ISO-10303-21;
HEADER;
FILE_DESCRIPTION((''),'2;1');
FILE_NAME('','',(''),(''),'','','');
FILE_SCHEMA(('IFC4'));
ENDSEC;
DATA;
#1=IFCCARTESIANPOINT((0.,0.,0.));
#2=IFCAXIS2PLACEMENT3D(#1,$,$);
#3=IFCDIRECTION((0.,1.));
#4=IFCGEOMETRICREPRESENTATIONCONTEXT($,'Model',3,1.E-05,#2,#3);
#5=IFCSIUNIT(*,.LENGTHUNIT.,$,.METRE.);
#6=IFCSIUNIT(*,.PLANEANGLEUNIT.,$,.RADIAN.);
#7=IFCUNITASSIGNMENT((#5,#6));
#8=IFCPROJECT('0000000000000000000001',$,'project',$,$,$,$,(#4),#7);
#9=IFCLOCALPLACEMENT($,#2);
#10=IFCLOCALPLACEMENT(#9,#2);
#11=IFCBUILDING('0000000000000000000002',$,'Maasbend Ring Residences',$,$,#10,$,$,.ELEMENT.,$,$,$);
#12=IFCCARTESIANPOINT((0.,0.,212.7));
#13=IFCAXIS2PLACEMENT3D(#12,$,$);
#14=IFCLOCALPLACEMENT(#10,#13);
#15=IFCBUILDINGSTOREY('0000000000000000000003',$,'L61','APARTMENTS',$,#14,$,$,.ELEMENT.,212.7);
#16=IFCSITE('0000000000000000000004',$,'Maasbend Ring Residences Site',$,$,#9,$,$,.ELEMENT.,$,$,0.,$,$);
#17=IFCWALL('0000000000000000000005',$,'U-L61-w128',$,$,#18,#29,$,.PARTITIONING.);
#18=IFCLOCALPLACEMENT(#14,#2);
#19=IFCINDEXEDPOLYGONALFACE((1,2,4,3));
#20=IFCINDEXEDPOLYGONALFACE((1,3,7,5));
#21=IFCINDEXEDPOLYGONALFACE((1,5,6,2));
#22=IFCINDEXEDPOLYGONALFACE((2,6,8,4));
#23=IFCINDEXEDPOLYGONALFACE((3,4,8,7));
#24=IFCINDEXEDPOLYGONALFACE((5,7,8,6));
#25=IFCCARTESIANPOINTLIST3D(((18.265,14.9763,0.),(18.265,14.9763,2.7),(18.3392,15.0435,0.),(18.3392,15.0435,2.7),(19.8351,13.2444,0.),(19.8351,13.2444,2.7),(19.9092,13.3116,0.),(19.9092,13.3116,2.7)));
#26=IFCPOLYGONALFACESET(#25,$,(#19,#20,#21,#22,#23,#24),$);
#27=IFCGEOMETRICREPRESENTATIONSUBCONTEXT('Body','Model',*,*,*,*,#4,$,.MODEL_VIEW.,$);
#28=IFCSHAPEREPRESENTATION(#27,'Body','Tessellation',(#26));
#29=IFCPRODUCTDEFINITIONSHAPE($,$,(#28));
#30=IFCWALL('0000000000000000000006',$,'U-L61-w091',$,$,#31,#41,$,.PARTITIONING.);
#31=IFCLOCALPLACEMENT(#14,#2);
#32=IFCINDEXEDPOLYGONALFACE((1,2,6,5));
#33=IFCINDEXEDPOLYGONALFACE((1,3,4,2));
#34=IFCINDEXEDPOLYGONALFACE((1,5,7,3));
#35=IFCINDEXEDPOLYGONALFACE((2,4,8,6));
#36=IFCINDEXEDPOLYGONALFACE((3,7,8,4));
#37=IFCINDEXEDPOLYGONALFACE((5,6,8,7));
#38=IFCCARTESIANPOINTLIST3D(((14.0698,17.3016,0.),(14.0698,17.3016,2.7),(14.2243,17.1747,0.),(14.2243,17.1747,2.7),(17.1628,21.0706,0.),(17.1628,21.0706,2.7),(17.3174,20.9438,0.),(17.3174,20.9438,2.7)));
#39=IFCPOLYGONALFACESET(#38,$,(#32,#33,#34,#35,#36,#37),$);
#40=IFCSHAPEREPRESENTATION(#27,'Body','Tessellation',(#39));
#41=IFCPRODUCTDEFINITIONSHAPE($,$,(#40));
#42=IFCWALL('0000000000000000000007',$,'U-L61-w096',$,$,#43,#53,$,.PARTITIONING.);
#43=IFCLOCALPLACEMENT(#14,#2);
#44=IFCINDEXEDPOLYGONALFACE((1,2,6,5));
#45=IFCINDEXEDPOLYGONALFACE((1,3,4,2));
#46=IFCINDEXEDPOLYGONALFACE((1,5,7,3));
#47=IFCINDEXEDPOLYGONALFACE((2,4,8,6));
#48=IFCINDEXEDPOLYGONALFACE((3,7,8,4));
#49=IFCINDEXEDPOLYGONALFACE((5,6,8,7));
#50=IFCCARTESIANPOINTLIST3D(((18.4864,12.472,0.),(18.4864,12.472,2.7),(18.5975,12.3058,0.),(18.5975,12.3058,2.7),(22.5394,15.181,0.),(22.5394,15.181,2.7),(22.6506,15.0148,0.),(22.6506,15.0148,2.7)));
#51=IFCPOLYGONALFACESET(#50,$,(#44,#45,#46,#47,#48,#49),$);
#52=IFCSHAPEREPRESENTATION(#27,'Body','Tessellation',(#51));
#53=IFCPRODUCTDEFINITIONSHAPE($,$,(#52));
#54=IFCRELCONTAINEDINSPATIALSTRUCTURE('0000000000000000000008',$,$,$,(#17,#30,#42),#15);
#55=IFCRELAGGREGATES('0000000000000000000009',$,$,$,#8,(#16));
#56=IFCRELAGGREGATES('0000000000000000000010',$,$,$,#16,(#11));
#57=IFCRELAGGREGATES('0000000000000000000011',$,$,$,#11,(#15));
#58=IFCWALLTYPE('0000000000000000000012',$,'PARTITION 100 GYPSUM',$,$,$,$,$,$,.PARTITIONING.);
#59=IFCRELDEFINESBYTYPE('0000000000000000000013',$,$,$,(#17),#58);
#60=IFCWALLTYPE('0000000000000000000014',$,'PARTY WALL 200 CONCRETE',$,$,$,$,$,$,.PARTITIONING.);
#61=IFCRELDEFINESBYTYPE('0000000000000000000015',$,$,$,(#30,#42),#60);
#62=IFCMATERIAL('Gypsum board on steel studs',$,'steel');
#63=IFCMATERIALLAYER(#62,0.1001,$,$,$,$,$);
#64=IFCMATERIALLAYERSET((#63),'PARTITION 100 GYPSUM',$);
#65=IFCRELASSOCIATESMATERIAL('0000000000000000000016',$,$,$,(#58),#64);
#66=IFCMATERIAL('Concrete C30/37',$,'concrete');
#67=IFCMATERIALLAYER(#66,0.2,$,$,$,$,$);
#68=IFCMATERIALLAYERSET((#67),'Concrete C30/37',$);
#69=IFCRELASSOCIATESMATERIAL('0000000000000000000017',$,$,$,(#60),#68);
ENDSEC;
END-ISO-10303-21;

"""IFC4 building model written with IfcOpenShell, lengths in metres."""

from ifc_helpers import new_model, si_unit, direction, frame, frame_2d, origin, place, context, subcontext, project, spatial, rectangle, extrude, material, layer, layer_set, type_object, element, save


model = new_model("IFC4")

# Units and contexts
model_context = context("Model", 3, precision=1e-05, world=origin(), true_north=direction((0.0, 1.0)))
body_context = subcontext(model_context, "Body", "Model", "MODEL_VIEW")
ifc_project = project(units=[si_unit("LENGTHUNIT", "METRE"), si_unit("PLANEANGLEUNIT", "RADIAN")], contexts=[model_context])

# Site, building, storey
site_placement = place(None, origin())
site = spatial("IfcSite", under=ifc_project, at=site_placement, Name="Maasbend Ring Residences Site", CompositionType="ELEMENT", RefElevation=0.0)
building_placement = place(site_placement, origin())
building = spatial("IfcBuilding", under=site, at=building_placement, Name="Maasbend Ring Residences", CompositionType="ELEMENT")
storey_placement = place(building_placement, frame((0.0, 0.0, 212.7)))
storey = spatial("IfcBuildingStorey", under=building, at=storey_placement, Name="L61", Description="APARTMENTS", CompositionType="ELEMENT", Elevation=212.7)

# Shared definitions
ifc_material_1 = material(Name="Gypsum board on steel studs", Category="steel")
ifc_layer_1 = layer(ifc_material_1, 0.1001)
ifc_layer_set_1 = layer_set([ifc_layer_1], Name="PARTITION 100 GYPSUM")
wall_type_1 = type_object("IfcWallType", Name="PARTITION 100 GYPSUM", PredefinedType="PARTITIONING", material=ifc_layer_set_1)

# Walls
wall_1_placement = place(storey_placement, frame((18.302, 15.01, 0.0), z_axis=(0.0, 0.0, 1.0), x_axis=(0.671638, -0.74088, 0.0)))
element("IfcWall", 1, at=wall_1_placement, inside=storey, type_object=wall_type_1, Name="U-L61-w128", PredefinedType="PARTITIONING", context=body_context, shape_type="SweptSolid", body=[
    extrude(rectangle(XDim=2.3376, YDim=0.1001, at=frame_2d((1.1689, 0.0))), origin(), (0.0, 0.0, 1.0), 2.7),
])
ifc_material_2 = material(Name="Concrete C30/37", Category="concrete")
ifc_layer_2 = layer(ifc_material_2, 0.2)
ifc_layer_set_2 = layer_set([ifc_layer_2], Name="Concrete C30/37")
wall_type_2 = type_object("IfcWallType", Name="PARTY WALL 200 CONCRETE", PredefinedType="PARTITIONING", material=ifc_layer_set_2)
wall_2_placement = place(storey_placement, frame((14.147, 17.238, 0.0), z_axis=(0.0, 0.0, 1.0), x_axis=(0.634374, 0.773026, 0.0)))
element("IfcWall", 2, at=wall_2_placement, inside=storey, type_object=wall_type_2, Name="U-L61-w091", PredefinedType="PARTITIONING", context=body_context, shape_type="SweptSolid", body=[
    extrude(rectangle(XDim=4.8757, YDim=0.2, at=frame_2d((2.438, 0.0))), origin(), (0.0, 0.0, 1.0), 2.7),
])
wall_3_placement = place(storey_placement, frame((18.542, 12.3889, 0.0), z_axis=(0.0, 0.0, 1.0), x_axis=(0.831387, 0.555694, 0.0)))
element("IfcWall", 3, at=wall_3_placement, inside=storey, type_object=wall_type_2, Name="U-L61-w096", PredefinedType="PARTITIONING", context=body_context, shape_type="SweptSolid", body=[
    extrude(rectangle(XDim=4.875, YDim=0.2, at=frame_2d((2.4375, 0.0))), origin(), (0.0, 0.0, 1.0), 2.7),
])

save(model, "model.ifc")
